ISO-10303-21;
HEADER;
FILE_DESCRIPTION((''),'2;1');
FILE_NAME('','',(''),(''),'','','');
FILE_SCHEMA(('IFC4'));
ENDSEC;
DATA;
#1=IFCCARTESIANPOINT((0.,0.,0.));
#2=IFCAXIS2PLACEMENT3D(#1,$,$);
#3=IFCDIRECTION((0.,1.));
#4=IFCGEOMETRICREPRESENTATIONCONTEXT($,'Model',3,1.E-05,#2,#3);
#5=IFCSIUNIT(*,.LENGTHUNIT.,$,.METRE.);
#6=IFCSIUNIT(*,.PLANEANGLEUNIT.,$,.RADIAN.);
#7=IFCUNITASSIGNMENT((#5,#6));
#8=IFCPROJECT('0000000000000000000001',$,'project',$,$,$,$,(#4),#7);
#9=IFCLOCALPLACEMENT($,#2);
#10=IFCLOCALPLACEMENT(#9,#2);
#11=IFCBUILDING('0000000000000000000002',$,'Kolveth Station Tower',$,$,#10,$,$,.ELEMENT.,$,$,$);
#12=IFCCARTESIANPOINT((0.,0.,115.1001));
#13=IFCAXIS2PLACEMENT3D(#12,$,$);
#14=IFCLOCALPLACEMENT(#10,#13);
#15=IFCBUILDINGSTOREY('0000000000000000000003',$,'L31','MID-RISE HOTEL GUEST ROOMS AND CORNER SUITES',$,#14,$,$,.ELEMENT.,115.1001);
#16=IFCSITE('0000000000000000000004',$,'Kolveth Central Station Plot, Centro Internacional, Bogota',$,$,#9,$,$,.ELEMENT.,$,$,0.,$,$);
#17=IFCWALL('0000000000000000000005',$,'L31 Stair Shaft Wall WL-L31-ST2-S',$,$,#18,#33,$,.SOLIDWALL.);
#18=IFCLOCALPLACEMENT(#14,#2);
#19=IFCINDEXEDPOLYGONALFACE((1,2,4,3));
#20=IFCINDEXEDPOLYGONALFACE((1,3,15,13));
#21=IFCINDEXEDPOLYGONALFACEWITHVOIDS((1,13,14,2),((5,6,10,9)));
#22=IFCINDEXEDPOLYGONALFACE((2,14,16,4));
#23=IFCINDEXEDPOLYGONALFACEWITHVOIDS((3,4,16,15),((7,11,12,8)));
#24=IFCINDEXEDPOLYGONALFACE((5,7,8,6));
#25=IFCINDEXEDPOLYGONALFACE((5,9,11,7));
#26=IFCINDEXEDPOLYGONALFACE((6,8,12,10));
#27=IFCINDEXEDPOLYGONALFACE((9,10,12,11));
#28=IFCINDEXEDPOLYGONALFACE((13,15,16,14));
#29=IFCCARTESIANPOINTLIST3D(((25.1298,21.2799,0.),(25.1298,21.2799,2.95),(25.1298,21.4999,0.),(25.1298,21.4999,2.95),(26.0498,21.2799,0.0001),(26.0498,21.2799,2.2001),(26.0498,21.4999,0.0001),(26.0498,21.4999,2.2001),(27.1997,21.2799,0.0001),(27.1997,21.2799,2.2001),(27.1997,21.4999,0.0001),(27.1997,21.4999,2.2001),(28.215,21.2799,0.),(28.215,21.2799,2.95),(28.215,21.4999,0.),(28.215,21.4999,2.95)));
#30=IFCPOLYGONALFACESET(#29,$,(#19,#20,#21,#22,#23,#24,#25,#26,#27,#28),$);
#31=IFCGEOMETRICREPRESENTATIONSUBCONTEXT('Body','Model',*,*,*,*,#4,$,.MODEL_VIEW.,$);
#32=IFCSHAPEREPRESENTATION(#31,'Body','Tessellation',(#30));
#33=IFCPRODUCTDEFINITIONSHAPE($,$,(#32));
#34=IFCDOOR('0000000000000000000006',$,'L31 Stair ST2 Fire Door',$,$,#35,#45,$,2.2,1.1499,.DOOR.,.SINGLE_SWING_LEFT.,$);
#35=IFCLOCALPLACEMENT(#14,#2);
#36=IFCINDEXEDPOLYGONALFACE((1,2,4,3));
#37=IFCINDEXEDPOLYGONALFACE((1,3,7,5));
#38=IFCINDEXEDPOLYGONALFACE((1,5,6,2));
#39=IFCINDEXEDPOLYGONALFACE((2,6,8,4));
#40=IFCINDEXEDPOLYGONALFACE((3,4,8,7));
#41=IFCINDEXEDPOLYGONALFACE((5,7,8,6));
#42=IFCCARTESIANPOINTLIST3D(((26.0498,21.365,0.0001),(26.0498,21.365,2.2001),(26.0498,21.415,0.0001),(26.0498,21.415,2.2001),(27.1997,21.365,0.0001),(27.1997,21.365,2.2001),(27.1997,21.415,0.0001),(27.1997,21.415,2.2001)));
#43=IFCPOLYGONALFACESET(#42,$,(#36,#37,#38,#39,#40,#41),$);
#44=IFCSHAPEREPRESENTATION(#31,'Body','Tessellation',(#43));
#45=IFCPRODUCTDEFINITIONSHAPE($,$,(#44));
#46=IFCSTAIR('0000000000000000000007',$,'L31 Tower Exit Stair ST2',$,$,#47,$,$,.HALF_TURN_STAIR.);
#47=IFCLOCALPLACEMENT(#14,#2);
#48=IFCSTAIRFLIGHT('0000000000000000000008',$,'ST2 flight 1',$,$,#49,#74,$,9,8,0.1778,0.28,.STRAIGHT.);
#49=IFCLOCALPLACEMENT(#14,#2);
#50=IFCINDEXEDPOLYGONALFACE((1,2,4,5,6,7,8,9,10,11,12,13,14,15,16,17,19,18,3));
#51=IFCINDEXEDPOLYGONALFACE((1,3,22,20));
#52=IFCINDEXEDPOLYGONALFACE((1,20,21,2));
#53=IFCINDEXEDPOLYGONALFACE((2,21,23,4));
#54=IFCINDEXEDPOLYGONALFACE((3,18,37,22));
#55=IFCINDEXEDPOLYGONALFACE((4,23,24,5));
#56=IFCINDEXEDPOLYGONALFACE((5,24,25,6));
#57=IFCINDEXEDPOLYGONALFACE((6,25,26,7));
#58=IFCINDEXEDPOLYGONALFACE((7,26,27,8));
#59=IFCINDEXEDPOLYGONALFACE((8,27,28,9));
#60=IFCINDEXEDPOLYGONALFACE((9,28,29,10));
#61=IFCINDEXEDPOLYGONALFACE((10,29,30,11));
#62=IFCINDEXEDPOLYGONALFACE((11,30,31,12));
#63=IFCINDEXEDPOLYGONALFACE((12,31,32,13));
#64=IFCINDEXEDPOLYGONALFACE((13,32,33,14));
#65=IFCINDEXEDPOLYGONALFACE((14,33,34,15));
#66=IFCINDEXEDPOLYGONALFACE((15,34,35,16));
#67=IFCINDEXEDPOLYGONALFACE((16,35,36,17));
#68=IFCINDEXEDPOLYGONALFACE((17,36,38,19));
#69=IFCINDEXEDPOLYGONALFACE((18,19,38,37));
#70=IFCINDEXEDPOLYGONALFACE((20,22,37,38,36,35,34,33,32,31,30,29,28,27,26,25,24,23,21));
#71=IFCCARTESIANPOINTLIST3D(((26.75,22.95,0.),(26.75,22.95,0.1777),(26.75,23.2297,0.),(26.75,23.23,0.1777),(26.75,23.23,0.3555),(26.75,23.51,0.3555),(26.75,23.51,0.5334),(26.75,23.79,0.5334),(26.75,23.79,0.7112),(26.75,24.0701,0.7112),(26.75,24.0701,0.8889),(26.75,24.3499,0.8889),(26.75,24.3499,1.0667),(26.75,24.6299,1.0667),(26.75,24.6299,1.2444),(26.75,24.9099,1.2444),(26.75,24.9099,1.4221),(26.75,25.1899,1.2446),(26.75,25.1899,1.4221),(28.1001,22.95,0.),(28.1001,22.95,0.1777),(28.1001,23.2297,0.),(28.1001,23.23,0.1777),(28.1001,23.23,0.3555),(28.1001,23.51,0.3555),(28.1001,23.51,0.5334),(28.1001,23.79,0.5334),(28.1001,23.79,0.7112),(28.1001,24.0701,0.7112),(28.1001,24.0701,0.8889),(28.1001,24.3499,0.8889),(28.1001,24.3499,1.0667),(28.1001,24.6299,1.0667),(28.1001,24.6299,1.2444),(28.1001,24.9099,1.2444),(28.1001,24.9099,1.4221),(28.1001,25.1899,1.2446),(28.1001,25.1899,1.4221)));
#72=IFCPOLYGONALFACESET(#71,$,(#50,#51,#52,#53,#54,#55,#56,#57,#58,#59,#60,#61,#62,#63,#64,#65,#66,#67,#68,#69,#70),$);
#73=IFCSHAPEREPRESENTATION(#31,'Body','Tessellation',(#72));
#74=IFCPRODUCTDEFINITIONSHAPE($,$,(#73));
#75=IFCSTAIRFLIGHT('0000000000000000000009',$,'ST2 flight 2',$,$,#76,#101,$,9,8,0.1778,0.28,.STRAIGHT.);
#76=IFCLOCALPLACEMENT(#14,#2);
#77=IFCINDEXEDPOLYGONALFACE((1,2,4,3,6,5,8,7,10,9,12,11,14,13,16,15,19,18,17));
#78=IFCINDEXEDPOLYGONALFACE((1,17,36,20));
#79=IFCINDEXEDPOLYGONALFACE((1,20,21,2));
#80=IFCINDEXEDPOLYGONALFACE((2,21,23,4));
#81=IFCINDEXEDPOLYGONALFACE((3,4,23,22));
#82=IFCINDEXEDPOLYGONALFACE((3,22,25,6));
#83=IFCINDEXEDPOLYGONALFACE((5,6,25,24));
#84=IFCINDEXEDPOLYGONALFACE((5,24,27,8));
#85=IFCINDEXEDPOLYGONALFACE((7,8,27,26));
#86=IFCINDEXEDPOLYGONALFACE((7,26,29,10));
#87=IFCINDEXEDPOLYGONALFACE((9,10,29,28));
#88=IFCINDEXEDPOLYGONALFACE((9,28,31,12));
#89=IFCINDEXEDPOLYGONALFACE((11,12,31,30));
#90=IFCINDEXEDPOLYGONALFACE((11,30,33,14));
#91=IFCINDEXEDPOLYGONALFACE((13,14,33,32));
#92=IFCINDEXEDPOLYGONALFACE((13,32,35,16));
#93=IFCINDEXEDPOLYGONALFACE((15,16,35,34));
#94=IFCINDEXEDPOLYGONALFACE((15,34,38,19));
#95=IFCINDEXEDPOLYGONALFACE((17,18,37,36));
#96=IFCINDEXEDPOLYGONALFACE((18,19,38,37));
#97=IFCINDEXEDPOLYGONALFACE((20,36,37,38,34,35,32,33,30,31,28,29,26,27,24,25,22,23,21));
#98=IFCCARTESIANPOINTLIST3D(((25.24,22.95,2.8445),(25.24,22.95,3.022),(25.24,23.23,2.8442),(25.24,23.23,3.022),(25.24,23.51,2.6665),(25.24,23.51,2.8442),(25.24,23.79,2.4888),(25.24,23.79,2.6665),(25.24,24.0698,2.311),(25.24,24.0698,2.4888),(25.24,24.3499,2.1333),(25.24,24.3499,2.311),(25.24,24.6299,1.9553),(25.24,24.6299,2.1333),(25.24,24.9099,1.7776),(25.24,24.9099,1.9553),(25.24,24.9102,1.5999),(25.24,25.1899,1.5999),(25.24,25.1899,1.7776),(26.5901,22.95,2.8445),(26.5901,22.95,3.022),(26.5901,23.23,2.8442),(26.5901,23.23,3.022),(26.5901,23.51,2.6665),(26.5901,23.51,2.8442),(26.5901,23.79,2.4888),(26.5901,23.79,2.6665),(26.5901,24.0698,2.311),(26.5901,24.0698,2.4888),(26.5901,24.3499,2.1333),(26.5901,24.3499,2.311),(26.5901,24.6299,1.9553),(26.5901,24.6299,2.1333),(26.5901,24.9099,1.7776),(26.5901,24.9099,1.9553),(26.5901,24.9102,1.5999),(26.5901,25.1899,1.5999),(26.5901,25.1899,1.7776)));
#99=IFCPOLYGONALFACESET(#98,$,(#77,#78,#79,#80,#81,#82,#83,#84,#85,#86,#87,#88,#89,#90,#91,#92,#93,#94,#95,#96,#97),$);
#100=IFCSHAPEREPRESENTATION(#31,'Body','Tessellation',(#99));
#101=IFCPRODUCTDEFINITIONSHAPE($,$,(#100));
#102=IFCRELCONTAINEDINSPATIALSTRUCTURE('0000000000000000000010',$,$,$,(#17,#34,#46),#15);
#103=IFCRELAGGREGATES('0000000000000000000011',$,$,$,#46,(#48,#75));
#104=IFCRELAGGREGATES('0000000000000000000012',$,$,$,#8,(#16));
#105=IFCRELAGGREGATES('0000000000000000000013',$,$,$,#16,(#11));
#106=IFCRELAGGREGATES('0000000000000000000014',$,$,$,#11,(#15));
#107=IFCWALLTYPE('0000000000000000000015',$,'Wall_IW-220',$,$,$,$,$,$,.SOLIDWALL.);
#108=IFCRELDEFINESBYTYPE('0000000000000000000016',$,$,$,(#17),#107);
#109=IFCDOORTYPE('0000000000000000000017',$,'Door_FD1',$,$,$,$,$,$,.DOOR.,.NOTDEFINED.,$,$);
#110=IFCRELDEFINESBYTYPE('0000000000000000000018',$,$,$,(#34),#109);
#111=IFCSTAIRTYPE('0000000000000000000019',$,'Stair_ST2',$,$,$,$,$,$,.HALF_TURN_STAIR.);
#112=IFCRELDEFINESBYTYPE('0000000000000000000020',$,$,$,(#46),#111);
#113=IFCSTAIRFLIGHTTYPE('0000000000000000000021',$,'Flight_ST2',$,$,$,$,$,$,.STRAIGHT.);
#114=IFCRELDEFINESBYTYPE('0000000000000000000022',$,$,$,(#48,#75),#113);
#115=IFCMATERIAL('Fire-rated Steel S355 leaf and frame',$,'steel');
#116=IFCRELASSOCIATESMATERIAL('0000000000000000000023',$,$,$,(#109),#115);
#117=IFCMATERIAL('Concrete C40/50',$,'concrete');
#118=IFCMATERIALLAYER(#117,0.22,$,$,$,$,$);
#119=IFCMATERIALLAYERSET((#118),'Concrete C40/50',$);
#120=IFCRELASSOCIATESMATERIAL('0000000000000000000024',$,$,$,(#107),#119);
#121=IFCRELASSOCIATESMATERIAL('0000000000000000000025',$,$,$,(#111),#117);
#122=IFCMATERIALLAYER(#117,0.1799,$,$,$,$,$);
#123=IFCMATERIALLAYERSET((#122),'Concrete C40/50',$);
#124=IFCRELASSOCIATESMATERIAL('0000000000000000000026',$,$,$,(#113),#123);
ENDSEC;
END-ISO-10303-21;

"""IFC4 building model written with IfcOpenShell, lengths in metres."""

from ifc_helpers import new_model, si_unit, direction, frame, frame_2d, origin, place, context, subcontext, project, spatial, polyline, rectangle, outline, extrude, material, layer, layer_set, type_object, element, fill, aggregate, save


model = new_model("IFC4")

# Units and contexts
model_context = context("Model", 3, precision=1e-05, world=origin(), true_north=direction((0.0, 1.0)))
body_context = subcontext(model_context, "Body", "Model", "MODEL_VIEW")
ifc_project = project(units=[si_unit("LENGTHUNIT", "METRE"), si_unit("PLANEANGLEUNIT", "RADIAN")], contexts=[model_context])

# Site, building, storey
site_placement = place(None, origin())
site = spatial("IfcSite", under=ifc_project, at=site_placement, Name="Kolveth Central Station Plot, Centro Internacional, Bogota", CompositionType="ELEMENT", RefElevation=0.0)
building_placement = place(site_placement, origin())
building = spatial("IfcBuilding", under=site, at=building_placement, Name="Kolveth Station Tower", CompositionType="ELEMENT")
storey_placement = place(building_placement, frame((0.0, 0.0, 115.1001)))
storey = spatial("IfcBuildingStorey", under=building, at=storey_placement, Name="L31", Description="MID-RISE HOTEL GUEST ROOMS AND CORNER SUITES", CompositionType="ELEMENT", Elevation=115.1001)

# Shared definitions
ifc_material_1 = material(Name="Fire-rated Steel S355 leaf and frame", Category="steel")
door_type = type_object("IfcDoorType", Name="Door_FD1", OperationType="NOTDEFINED", PredefinedType="DOOR", material=ifc_material_1)

# Shared definitions
ifc_material_2 = material(Name="Concrete C40/50", Category="concrete")
ifc_layer_1 = layer(ifc_material_2, 0.22)
ifc_layer_set_1 = layer_set([ifc_layer_1], Name="Concrete C40/50")
wall_type_1 = type_object("IfcWallType", Name="Wall_IW-220", PredefinedType="SOLIDWALL", material=ifc_layer_set_1)

# Wall, opening, door
wall_1_placement = place(storey_placement, frame((25.1299, 21.3899, 0.0), z_axis=(0.0, 0.0, 1.0), x_axis=(1.0, 0.0, 0.0)))
wall_1 = element("IfcWall", 1, at=wall_1_placement, inside=storey, type_object=wall_type_1, Name="L31 Stair Shaft Wall WL-L31-ST2-S", PredefinedType="SOLIDWALL", context=body_context, shape_type="SweptSolid", body=[
    extrude(rectangle(XDim=3.0852, YDim=0.22, at=frame_2d((1.5425, 0.0))), origin(), (0.0, 0.0, 1.0), 2.95),
])
opening_1_placement = place(wall_1_placement, frame((0.9199, 0.0, 0.0)))
opening_1 = element("IfcOpeningElement", 2, at=opening_1_placement, cuts=wall_1, PredefinedType="OPENING", context=body_context, shape_type="SweptSolid", body=[
    extrude(rectangle(XDim=1.1499, YDim=2.2, at=frame_2d((0.575, 1.1001))), frame((0.0, 0.1199, 0.0), z_axis=(0.0, -1.0, 0.0), x_axis=(1.0, 0.0, 0.0)), (0.0, 0.0, 1.0), 0.24),
])
door_1_placement = place(opening_1_placement, frame((1.1499, 0.0, 0.0), z_axis=(0.0, 0.0, 1.0), x_axis=(-1.0, 0.0, 0.0)))
door_1 = element("IfcDoor", 3, at=door_1_placement, inside=storey, type_object=door_type, Name="L31 Stair ST2 Fire Door", OperationType="SINGLE_SWING_LEFT", OverallHeight=2.2, OverallWidth=1.1499, PredefinedType="DOOR", context=body_context, shape_type="SweptSolid", body=[
    extrude(rectangle(XDim=1.1499, YDim=2.2, at=frame_2d((0.575, 1.1001))), frame((0.0, 0.0249, 0.0), z_axis=(0.0, -1.0, 0.0), x_axis=(1.0, 0.0, 0.0)), (0.0, 0.0, 1.0), 0.05),
])
fill(opening_1, door_1)

# Stair, stair flights
stair_type = type_object("IfcStairType", Name="Stair_ST2", PredefinedType="HALF_TURN_STAIR", material=ifc_material_2)
stair_placement = place(storey_placement, origin())
stair = element("IfcStair", 4, at=stair_placement, inside=storey, type_object=stair_type, Name="L31 Tower Exit Stair ST2", PredefinedType="HALF_TURN_STAIR")
ifc_layer_2 = layer(ifc_material_2, 0.1799)
ifc_layer_set_2 = layer_set([ifc_layer_2], Name="Concrete C40/50")
stair_flight_type = type_object("IfcStairFlightType", Name="Flight_ST2", PredefinedType="STRAIGHT", material=ifc_layer_set_2)
stair_flight_1_placement = place(storey_placement, frame((27.425, 22.95, 0.0), z_axis=(0.0, 0.0, 1.0), x_axis=(0.0, 1.0, 0.0)))
stair_flight_1 = element("IfcStairFlight", 5, at=stair_flight_1_placement, type_object=stair_flight_type, Name="ST2 flight 1", NumberOfRisers=9, NumberOfTreads=8, PredefinedType="STRAIGHT", RiserHeight=0.1778, TreadLength=0.28, context=body_context, shape_type="SweptSolid", body=[
    extrude(outline(polyline([(0.0, 0.0), (0.0, 0.1777), (0.28, 0.1777), (0.28, 0.3555), (0.5601, 0.3555), (0.5601, 0.5334), (0.8401, 0.5334), (0.8401, 0.7112), (1.1201, 0.7112), (1.1201, 0.8889), (1.3999, 0.8889), (1.3999, 1.0667), (1.6799, 1.0667), (1.6799, 1.2444), (1.96, 1.2444), (1.96, 1.4221), (2.24, 1.4221), (2.24, 1.6001), (2.24, 1.2446), (0.2798, 0.0), (0.0, 0.0)])), frame((0.0, 0.675, 0.0), z_axis=(0.0, -1.0, 0.0), x_axis=(1.0, 0.0, 0.0)), (0.0, 0.0, 1.0), 1.3501),
])
stair_flight_2_placement = place(storey_placement, frame((25.915, 25.1899, 1.5999), z_axis=(0.0, 0.0, 1.0), x_axis=(0.0, -1.0, 0.0)))
stair_flight_2 = element("IfcStairFlight", 6, at=stair_flight_2_placement, type_object=stair_flight_type, Name="ST2 flight 2", NumberOfRisers=9, NumberOfTreads=8, PredefinedType="STRAIGHT", RiserHeight=0.1778, TreadLength=0.28, context=body_context, shape_type="SweptSolid", body=[
    extrude(outline(polyline([(0.0, 0.0), (0.0, 0.1777), (0.28, 0.1777), (0.28, 0.3555), (0.5601, 0.3555), (0.5601, 0.5334), (0.8401, 0.5334), (0.8401, 0.7112), (1.1201, 0.7112), (1.1201, 0.8889), (1.3999, 0.8889), (1.3999, 1.0667), (1.6799, 1.0667), (1.6799, 1.2444), (1.96, 1.2444), (1.96, 1.4221), (2.24, 1.4221), (2.24, 1.6001), (2.24, 1.2446), (0.2798, 0.0), (0.0, 0.0)])), frame((0.0, 0.675, 0.0), z_axis=(0.0, -1.0, 0.0), x_axis=(1.0, 0.0, 0.0)), (0.0, 0.0, 1.0), 1.3501),
])
aggregate(stair, [stair_flight_1, stair_flight_2])

save(model, "model.ifc")
